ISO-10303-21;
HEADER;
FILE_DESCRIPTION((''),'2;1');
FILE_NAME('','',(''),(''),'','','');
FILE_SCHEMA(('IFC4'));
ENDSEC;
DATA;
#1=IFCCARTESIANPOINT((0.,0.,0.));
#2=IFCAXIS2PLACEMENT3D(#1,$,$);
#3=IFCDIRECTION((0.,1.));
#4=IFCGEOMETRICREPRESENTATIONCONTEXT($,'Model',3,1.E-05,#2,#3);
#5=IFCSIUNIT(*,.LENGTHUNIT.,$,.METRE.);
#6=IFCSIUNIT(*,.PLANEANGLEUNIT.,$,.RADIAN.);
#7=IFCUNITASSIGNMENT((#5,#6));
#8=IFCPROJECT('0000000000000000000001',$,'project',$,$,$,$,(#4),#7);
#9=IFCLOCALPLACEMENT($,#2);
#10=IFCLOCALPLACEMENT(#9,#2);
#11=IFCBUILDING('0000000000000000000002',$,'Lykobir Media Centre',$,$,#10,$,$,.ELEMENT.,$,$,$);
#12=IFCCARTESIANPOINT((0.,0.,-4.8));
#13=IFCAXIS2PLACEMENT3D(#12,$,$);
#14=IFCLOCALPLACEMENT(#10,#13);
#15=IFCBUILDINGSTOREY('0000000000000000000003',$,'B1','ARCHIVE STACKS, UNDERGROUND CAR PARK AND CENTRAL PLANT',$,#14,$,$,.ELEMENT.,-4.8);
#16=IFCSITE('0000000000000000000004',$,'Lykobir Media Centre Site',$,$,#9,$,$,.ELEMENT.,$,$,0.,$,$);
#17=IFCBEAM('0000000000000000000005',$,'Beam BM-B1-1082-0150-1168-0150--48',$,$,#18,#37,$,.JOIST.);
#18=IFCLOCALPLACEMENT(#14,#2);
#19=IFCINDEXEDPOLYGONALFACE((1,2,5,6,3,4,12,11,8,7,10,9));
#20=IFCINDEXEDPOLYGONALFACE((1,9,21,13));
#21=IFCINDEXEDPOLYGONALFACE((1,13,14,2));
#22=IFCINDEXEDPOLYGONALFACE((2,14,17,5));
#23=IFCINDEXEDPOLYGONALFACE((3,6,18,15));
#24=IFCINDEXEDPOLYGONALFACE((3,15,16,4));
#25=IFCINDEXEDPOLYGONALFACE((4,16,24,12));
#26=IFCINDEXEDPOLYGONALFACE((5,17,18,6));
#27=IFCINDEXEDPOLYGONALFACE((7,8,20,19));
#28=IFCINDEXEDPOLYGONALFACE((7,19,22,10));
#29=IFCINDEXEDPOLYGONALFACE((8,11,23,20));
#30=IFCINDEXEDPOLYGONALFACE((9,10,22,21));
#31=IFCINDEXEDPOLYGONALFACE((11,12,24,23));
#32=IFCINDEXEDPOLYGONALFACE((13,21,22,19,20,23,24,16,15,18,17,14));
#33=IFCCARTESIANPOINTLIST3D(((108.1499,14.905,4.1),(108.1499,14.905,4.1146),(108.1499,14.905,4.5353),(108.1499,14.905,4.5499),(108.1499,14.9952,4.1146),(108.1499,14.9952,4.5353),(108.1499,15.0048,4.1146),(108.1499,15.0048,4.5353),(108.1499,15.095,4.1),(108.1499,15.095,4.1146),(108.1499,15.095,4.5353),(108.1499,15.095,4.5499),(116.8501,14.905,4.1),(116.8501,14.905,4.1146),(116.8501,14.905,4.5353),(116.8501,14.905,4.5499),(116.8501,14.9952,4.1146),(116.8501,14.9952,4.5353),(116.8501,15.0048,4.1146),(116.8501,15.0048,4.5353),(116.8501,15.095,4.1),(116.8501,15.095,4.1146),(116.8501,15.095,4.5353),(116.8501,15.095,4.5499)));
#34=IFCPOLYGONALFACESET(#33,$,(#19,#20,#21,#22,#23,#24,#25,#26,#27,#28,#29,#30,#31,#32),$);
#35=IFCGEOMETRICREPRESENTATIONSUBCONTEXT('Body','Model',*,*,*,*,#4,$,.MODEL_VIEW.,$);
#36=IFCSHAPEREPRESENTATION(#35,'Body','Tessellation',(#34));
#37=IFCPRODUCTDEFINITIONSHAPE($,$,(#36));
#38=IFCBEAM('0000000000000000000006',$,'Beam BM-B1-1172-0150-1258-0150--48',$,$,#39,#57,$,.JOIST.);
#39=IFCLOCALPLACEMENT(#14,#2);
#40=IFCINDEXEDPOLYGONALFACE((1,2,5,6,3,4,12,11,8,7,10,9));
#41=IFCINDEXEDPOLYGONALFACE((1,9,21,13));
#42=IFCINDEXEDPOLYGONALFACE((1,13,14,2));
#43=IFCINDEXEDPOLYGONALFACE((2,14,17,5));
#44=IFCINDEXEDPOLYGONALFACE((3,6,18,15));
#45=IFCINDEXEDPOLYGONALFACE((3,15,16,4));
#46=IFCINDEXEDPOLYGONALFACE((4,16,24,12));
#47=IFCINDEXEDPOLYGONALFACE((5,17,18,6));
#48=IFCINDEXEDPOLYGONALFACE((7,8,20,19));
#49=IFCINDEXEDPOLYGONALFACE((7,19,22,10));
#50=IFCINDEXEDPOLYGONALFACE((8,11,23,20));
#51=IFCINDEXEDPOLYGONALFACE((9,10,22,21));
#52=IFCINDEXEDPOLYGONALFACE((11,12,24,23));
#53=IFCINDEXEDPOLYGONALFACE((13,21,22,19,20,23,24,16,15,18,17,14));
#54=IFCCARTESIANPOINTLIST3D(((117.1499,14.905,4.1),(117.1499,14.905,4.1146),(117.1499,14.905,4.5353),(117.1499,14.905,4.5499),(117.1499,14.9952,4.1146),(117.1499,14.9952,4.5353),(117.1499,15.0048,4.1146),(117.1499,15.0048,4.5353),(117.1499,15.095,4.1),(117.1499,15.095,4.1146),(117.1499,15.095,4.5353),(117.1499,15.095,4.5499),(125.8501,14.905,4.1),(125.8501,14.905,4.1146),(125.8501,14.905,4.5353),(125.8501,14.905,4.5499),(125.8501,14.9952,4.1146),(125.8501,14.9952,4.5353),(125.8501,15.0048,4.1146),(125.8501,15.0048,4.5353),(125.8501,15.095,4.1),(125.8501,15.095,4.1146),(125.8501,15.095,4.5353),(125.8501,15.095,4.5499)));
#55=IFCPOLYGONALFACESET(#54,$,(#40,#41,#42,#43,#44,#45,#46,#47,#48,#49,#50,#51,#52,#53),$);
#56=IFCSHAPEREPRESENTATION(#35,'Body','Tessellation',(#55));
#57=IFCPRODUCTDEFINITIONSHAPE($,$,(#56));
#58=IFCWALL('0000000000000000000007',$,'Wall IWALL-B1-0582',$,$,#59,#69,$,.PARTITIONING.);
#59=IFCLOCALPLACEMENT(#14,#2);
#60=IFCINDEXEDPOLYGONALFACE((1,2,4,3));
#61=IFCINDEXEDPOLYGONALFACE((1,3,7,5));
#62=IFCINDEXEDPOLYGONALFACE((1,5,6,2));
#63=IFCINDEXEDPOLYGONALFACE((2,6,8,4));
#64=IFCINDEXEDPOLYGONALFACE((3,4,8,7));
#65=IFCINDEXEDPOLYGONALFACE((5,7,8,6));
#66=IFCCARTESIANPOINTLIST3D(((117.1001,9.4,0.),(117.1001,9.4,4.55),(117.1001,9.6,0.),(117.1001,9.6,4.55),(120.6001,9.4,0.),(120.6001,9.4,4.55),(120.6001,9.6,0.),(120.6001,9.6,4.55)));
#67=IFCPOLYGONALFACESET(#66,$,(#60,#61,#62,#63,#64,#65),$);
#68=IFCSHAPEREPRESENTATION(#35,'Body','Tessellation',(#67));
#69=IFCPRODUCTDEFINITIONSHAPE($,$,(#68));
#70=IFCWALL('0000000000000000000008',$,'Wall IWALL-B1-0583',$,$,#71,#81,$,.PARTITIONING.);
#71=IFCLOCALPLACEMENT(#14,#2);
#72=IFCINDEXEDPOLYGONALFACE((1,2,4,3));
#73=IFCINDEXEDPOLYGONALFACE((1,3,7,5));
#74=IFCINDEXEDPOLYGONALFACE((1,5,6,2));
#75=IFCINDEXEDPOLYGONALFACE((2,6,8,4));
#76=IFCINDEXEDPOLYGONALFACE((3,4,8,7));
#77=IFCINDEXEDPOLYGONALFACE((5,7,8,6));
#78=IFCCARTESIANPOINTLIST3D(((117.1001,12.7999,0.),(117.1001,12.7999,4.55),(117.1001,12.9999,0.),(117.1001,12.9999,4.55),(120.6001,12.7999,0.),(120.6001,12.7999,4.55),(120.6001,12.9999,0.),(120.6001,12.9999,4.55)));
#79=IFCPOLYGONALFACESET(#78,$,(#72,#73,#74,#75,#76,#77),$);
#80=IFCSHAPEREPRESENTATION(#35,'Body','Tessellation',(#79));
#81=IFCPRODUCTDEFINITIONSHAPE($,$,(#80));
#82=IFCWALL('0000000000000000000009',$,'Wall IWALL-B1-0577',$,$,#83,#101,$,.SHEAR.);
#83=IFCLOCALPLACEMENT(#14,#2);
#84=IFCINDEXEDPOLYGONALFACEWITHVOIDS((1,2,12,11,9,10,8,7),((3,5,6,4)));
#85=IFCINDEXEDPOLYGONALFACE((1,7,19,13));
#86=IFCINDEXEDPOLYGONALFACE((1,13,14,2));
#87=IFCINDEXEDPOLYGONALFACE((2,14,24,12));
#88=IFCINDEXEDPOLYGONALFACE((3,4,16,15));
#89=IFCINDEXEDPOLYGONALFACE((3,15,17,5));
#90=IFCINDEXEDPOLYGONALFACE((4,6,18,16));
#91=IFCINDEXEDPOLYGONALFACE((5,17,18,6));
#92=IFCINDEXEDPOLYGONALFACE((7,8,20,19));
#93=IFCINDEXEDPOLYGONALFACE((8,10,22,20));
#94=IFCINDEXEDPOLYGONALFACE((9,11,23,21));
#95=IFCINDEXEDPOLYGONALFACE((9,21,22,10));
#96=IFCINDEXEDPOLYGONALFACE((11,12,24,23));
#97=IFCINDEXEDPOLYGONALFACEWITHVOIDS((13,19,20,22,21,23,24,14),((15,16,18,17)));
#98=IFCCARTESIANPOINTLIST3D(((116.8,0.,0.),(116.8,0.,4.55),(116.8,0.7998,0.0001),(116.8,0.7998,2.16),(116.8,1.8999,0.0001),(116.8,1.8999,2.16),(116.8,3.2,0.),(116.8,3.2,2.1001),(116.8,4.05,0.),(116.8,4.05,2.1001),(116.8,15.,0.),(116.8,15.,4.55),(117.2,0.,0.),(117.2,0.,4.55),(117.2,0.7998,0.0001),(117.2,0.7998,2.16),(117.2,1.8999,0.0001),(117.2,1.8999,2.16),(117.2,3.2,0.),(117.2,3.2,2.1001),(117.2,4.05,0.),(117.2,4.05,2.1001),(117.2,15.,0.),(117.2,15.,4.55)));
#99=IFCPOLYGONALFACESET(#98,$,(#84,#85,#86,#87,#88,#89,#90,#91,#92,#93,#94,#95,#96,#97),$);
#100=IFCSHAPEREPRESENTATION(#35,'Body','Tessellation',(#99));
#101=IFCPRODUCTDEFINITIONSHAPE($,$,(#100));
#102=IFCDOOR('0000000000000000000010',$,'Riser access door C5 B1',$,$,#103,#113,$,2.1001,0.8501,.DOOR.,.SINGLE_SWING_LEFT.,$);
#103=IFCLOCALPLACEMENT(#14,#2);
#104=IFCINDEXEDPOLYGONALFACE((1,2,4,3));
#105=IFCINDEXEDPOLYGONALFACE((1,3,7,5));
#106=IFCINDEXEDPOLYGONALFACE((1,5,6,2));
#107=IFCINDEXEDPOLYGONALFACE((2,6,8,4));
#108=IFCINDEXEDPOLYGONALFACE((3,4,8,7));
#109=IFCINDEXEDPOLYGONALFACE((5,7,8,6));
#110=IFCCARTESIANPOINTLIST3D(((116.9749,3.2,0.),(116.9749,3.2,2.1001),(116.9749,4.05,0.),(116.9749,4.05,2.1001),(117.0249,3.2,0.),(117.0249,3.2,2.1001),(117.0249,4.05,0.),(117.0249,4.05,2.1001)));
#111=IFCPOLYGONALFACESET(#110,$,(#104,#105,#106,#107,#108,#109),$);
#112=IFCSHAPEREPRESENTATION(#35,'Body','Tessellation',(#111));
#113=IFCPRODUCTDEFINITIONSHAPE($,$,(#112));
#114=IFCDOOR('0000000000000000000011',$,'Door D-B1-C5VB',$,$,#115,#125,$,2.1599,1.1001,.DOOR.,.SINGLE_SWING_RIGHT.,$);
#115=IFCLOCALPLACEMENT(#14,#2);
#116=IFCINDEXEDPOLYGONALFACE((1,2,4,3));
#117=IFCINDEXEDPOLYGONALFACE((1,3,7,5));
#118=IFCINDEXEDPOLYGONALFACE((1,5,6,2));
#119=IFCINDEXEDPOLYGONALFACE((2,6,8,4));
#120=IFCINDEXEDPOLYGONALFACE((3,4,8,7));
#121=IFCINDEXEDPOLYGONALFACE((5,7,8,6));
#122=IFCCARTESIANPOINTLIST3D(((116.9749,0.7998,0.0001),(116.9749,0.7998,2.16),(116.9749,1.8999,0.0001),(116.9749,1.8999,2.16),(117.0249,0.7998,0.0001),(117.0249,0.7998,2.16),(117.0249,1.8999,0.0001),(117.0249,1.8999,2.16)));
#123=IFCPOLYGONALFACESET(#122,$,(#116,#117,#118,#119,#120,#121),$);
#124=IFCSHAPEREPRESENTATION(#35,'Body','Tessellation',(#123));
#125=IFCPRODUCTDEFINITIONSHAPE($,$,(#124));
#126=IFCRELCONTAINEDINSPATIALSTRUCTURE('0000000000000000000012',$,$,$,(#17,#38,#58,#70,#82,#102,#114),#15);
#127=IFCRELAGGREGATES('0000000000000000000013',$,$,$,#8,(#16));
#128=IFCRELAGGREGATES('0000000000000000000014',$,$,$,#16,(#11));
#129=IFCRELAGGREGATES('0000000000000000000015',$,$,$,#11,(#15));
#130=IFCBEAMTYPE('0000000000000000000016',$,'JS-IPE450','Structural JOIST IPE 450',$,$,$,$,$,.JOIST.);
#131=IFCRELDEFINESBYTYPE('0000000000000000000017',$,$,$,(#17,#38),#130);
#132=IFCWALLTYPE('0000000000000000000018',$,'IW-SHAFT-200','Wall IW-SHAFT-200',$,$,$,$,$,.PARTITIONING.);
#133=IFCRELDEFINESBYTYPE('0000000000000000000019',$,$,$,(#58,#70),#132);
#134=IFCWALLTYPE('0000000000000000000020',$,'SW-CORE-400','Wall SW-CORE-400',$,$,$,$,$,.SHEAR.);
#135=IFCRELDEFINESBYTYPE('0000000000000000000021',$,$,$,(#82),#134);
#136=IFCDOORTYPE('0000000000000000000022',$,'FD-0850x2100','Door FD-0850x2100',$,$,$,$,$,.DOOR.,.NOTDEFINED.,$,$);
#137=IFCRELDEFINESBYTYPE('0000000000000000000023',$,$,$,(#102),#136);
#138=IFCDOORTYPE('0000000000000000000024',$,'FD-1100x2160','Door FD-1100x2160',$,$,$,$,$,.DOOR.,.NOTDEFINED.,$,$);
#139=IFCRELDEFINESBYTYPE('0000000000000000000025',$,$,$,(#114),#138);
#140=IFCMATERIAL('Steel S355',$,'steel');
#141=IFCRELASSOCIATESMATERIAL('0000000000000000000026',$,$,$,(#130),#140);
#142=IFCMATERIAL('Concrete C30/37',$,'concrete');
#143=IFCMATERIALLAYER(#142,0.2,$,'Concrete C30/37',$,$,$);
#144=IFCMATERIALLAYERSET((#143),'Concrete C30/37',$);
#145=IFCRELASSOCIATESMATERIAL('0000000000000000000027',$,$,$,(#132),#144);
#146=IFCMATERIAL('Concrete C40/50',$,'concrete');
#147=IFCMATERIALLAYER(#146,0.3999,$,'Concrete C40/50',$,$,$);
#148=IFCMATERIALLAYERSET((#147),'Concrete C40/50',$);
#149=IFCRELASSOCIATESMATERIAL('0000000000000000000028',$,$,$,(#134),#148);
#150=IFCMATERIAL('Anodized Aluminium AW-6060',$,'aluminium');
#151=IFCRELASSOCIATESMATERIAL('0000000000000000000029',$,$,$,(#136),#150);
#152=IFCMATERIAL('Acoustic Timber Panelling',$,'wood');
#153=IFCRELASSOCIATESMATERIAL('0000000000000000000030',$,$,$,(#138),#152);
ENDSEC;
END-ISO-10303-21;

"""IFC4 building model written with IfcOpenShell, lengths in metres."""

from ifc_helpers import new_model, si_unit, direction, frame, frame_2d, origin, origin_2d, place, context, subcontext, project, spatial, rectangle, i_section, extrude, material, layer, layer_set, material_profile, profile_set, type_object, element, fill, save


model = new_model("IFC4")

# Units and contexts
model_context = context("Model", 3, precision=1e-05, world=origin(), true_north=direction((0.0, 1.0)))
body_context = subcontext(model_context, "Body", "Model", "MODEL_VIEW")
ifc_project = project(units=[si_unit("LENGTHUNIT", "METRE"), si_unit("PLANEANGLEUNIT", "RADIAN")], contexts=[model_context])

# Site, building, storey
site_placement = place(None, origin())
site = spatial("IfcSite", under=ifc_project, at=site_placement, Name="Lykobir Media Centre Site", CompositionType="ELEMENT", RefElevation=0.0)
building_placement = place(site_placement, origin())
building = spatial("IfcBuilding", under=site, at=building_placement, Name="Lykobir Media Centre", CompositionType="ELEMENT")
storey_placement = place(building_placement, frame((0.0, 0.0, -4.8)))
storey = spatial("IfcBuildingStorey", under=building, at=storey_placement, Name="B1", Description="ARCHIVE STACKS, UNDERGROUND CAR PARK AND CENTRAL PLANT", CompositionType="ELEMENT", Elevation=-4.8)

# Shared definitions
ifc_material_1 = material(Name="Concrete C30/37", Category="concrete")

# Shared definitions
ifc_material_2 = material(Name="Concrete C40/50", Category="concrete")
ifc_material_3 = material(Name="Steel S355", Category="steel")

# Beams
ifc_material_profile_1 = material_profile(ifc_material_3, i_section(OverallWidth=0.1899, OverallDepth=0.45, WebThickness=0.0095, FlangeThickness=0.0146, at=origin_2d()), Name="IPE 450")
ifc_profile_set_1 = profile_set([ifc_material_profile_1], Name="Steel S355")
beam_type_1 = type_object("IfcBeamType", Name="JS-IPE450", Description="Structural JOIST IPE 450", PredefinedType="JOIST", material=ifc_profile_set_1)
for number, where, z_axis, x_axis, name in (
    (1, (108.1499, 15.0, 4.325), (1.0, 0.0, 0.0), (0.0, 1.0, 0.0), "Beam BM-B1-1082-0150-1168-0150--48"),
    (2, (117.1499, 15.0, 4.325), (1.0, 0.0, 0.0), (0.0, 1.0, 0.0), "Beam BM-B1-1172-0150-1258-0150--48"),
):
    element("IfcBeam", number, at=place(storey_placement, frame(where, z_axis=z_axis, x_axis=x_axis)), inside=storey, type_object=beam_type_1, Name=name, PredefinedType="JOIST", context=body_context, shape_type="SweptSolid", body=[
        extrude(i_section(OverallWidth=0.1899, OverallDepth=0.45, WebThickness=0.0095, FlangeThickness=0.0146, at=origin_2d()), origin(), (0.0, 0.0, 1.0), 8.7002),
    ])

# Walls
ifc_layer_1 = layer(ifc_material_1, 0.2, Name="Concrete C30/37")
ifc_layer_set_1 = layer_set([ifc_layer_1], Name="Concrete C30/37")
wall_type_1 = type_object("IfcWallType", Name="IW-SHAFT-200", Description="Wall IW-SHAFT-200", PredefinedType="PARTITIONING", material=ifc_layer_set_1)
for number, where, z_axis, x_axis, name in (
    (3, (117.1001, 9.5, 0.0), (0.0, 0.0, 1.0), (1.0, 0.0, 0.0), "Wall IWALL-B1-0582"),
    (4, (117.1001, 12.8999, 0.0), (0.0, 0.0, 1.0), (1.0, 0.0, 0.0), "Wall IWALL-B1-0583"),
):
    element("IfcWall", number, at=place(storey_placement, frame(where, z_axis=z_axis, x_axis=x_axis)), inside=storey, type_object=wall_type_1, Name=name, PredefinedType="PARTITIONING", context=body_context, shape_type="SweptSolid", body=[
        extrude(rectangle(XDim=3.5, YDim=0.2, at=frame_2d((1.75, 0.0))), origin(), (0.0, 0.0, 1.0), 4.55),
    ])

# Wall, openings, doors
ifc_layer_2 = layer(ifc_material_2, 0.3999, Name="Concrete C40/50")
ifc_layer_set_2 = layer_set([ifc_layer_2], Name="Concrete C40/50")
wall_type_2 = type_object("IfcWallType", Name="SW-CORE-400", Description="Wall SW-CORE-400", PredefinedType="SHEAR", material=ifc_layer_set_2)
wall_placement = place(storey_placement, frame((117.0, 15.0, 0.0), z_axis=(0.0, 0.0, 1.0), x_axis=(0.0, -1.0, 0.0)))
wall = element("IfcWall", 5, at=wall_placement, inside=storey, type_object=wall_type_2, Name="Wall IWALL-B1-0577", PredefinedType="SHEAR", context=body_context, shape_type="SweptSolid", body=[
    extrude(rectangle(XDim=15.0, YDim=0.3999, at=frame_2d((7.5, 0.0))), origin(), (0.0, 0.0, 1.0), 4.55),
])
opening_1_placement = place(wall_placement, frame((13.1001, 0.0, 0.0)))
opening_1 = element("IfcOpeningElement", 6, at=opening_1_placement, cuts=wall, PredefinedType="OPENING", context=body_context, shape_type="SweptSolid", body=[
    extrude(rectangle(XDim=1.1001, YDim=2.1599, at=frame_2d((0.55, 1.0801))), frame((0.0, 0.21, 0.0), z_axis=(0.0, -1.0, 0.0), x_axis=(1.0, 0.0, 0.0)), (0.0, 0.0, 1.0), 0.4199),
])
opening_2_placement = place(wall_placement, frame((10.95, 0.0, 0.0)))
opening_2 = element("IfcOpeningElement", 7, at=opening_2_placement, cuts=wall, PredefinedType="OPENING", context=body_context, shape_type="SweptSolid", body=[
    extrude(rectangle(XDim=0.8501, YDim=2.1001, at=frame_2d((0.425, 1.05))), frame((0.0, 0.21, 0.0), z_axis=(0.0, -1.0, 0.0), x_axis=(1.0, 0.0, 0.0)), (0.0, 0.0, 1.0), 0.4199),
])
ifc_material_4 = material(Name="Anodized Aluminium AW-6060", Category="aluminium")
door_type_1 = type_object("IfcDoorType", Name="FD-0850x2100", Description="Door FD-0850x2100", OperationType="NOTDEFINED", PredefinedType="DOOR", material=ifc_material_4)
door_1_placement = place(opening_2_placement, origin())
door_1 = element("IfcDoor", 8, at=door_1_placement, inside=storey, type_object=door_type_1, Name="Riser access door C5 B1", OperationType="SINGLE_SWING_LEFT", OverallHeight=2.1001, OverallWidth=0.8501, PredefinedType="DOOR", context=body_context, shape_type="SweptSolid", body=[
    extrude(rectangle(XDim=0.8501, YDim=2.1001, at=frame_2d((0.425, 1.05))), frame((0.0, 0.0249, 0.0), z_axis=(0.0, -1.0, 0.0), x_axis=(1.0, 0.0, 0.0)), (0.0, 0.0, 1.0), 0.05),
])
fill(opening_2, door_1)
ifc_material_5 = material(Name="Acoustic Timber Panelling", Category="wood")
door_type_2 = type_object("IfcDoorType", Name="FD-1100x2160", Description="Door FD-1100x2160", OperationType="NOTDEFINED", PredefinedType="DOOR", material=ifc_material_5)
door_2_placement = place(opening_1_placement, origin())
door_2 = element("IfcDoor", 9, at=door_2_placement, inside=storey, type_object=door_type_2, Name="Door D-B1-C5VB", OperationType="SINGLE_SWING_RIGHT", OverallHeight=2.1599, OverallWidth=1.1001, PredefinedType="DOOR", context=body_context, shape_type="SweptSolid", body=[
    extrude(rectangle(XDim=1.1001, YDim=2.1599, at=frame_2d((0.55, 1.0801))), frame((0.0, 0.0249, 0.0), z_axis=(0.0, -1.0, 0.0), x_axis=(1.0, 0.0, 0.0)), (0.0, 0.0, 1.0), 0.05),
])
fill(opening_1, door_2)

save(model, "model.ifc")
